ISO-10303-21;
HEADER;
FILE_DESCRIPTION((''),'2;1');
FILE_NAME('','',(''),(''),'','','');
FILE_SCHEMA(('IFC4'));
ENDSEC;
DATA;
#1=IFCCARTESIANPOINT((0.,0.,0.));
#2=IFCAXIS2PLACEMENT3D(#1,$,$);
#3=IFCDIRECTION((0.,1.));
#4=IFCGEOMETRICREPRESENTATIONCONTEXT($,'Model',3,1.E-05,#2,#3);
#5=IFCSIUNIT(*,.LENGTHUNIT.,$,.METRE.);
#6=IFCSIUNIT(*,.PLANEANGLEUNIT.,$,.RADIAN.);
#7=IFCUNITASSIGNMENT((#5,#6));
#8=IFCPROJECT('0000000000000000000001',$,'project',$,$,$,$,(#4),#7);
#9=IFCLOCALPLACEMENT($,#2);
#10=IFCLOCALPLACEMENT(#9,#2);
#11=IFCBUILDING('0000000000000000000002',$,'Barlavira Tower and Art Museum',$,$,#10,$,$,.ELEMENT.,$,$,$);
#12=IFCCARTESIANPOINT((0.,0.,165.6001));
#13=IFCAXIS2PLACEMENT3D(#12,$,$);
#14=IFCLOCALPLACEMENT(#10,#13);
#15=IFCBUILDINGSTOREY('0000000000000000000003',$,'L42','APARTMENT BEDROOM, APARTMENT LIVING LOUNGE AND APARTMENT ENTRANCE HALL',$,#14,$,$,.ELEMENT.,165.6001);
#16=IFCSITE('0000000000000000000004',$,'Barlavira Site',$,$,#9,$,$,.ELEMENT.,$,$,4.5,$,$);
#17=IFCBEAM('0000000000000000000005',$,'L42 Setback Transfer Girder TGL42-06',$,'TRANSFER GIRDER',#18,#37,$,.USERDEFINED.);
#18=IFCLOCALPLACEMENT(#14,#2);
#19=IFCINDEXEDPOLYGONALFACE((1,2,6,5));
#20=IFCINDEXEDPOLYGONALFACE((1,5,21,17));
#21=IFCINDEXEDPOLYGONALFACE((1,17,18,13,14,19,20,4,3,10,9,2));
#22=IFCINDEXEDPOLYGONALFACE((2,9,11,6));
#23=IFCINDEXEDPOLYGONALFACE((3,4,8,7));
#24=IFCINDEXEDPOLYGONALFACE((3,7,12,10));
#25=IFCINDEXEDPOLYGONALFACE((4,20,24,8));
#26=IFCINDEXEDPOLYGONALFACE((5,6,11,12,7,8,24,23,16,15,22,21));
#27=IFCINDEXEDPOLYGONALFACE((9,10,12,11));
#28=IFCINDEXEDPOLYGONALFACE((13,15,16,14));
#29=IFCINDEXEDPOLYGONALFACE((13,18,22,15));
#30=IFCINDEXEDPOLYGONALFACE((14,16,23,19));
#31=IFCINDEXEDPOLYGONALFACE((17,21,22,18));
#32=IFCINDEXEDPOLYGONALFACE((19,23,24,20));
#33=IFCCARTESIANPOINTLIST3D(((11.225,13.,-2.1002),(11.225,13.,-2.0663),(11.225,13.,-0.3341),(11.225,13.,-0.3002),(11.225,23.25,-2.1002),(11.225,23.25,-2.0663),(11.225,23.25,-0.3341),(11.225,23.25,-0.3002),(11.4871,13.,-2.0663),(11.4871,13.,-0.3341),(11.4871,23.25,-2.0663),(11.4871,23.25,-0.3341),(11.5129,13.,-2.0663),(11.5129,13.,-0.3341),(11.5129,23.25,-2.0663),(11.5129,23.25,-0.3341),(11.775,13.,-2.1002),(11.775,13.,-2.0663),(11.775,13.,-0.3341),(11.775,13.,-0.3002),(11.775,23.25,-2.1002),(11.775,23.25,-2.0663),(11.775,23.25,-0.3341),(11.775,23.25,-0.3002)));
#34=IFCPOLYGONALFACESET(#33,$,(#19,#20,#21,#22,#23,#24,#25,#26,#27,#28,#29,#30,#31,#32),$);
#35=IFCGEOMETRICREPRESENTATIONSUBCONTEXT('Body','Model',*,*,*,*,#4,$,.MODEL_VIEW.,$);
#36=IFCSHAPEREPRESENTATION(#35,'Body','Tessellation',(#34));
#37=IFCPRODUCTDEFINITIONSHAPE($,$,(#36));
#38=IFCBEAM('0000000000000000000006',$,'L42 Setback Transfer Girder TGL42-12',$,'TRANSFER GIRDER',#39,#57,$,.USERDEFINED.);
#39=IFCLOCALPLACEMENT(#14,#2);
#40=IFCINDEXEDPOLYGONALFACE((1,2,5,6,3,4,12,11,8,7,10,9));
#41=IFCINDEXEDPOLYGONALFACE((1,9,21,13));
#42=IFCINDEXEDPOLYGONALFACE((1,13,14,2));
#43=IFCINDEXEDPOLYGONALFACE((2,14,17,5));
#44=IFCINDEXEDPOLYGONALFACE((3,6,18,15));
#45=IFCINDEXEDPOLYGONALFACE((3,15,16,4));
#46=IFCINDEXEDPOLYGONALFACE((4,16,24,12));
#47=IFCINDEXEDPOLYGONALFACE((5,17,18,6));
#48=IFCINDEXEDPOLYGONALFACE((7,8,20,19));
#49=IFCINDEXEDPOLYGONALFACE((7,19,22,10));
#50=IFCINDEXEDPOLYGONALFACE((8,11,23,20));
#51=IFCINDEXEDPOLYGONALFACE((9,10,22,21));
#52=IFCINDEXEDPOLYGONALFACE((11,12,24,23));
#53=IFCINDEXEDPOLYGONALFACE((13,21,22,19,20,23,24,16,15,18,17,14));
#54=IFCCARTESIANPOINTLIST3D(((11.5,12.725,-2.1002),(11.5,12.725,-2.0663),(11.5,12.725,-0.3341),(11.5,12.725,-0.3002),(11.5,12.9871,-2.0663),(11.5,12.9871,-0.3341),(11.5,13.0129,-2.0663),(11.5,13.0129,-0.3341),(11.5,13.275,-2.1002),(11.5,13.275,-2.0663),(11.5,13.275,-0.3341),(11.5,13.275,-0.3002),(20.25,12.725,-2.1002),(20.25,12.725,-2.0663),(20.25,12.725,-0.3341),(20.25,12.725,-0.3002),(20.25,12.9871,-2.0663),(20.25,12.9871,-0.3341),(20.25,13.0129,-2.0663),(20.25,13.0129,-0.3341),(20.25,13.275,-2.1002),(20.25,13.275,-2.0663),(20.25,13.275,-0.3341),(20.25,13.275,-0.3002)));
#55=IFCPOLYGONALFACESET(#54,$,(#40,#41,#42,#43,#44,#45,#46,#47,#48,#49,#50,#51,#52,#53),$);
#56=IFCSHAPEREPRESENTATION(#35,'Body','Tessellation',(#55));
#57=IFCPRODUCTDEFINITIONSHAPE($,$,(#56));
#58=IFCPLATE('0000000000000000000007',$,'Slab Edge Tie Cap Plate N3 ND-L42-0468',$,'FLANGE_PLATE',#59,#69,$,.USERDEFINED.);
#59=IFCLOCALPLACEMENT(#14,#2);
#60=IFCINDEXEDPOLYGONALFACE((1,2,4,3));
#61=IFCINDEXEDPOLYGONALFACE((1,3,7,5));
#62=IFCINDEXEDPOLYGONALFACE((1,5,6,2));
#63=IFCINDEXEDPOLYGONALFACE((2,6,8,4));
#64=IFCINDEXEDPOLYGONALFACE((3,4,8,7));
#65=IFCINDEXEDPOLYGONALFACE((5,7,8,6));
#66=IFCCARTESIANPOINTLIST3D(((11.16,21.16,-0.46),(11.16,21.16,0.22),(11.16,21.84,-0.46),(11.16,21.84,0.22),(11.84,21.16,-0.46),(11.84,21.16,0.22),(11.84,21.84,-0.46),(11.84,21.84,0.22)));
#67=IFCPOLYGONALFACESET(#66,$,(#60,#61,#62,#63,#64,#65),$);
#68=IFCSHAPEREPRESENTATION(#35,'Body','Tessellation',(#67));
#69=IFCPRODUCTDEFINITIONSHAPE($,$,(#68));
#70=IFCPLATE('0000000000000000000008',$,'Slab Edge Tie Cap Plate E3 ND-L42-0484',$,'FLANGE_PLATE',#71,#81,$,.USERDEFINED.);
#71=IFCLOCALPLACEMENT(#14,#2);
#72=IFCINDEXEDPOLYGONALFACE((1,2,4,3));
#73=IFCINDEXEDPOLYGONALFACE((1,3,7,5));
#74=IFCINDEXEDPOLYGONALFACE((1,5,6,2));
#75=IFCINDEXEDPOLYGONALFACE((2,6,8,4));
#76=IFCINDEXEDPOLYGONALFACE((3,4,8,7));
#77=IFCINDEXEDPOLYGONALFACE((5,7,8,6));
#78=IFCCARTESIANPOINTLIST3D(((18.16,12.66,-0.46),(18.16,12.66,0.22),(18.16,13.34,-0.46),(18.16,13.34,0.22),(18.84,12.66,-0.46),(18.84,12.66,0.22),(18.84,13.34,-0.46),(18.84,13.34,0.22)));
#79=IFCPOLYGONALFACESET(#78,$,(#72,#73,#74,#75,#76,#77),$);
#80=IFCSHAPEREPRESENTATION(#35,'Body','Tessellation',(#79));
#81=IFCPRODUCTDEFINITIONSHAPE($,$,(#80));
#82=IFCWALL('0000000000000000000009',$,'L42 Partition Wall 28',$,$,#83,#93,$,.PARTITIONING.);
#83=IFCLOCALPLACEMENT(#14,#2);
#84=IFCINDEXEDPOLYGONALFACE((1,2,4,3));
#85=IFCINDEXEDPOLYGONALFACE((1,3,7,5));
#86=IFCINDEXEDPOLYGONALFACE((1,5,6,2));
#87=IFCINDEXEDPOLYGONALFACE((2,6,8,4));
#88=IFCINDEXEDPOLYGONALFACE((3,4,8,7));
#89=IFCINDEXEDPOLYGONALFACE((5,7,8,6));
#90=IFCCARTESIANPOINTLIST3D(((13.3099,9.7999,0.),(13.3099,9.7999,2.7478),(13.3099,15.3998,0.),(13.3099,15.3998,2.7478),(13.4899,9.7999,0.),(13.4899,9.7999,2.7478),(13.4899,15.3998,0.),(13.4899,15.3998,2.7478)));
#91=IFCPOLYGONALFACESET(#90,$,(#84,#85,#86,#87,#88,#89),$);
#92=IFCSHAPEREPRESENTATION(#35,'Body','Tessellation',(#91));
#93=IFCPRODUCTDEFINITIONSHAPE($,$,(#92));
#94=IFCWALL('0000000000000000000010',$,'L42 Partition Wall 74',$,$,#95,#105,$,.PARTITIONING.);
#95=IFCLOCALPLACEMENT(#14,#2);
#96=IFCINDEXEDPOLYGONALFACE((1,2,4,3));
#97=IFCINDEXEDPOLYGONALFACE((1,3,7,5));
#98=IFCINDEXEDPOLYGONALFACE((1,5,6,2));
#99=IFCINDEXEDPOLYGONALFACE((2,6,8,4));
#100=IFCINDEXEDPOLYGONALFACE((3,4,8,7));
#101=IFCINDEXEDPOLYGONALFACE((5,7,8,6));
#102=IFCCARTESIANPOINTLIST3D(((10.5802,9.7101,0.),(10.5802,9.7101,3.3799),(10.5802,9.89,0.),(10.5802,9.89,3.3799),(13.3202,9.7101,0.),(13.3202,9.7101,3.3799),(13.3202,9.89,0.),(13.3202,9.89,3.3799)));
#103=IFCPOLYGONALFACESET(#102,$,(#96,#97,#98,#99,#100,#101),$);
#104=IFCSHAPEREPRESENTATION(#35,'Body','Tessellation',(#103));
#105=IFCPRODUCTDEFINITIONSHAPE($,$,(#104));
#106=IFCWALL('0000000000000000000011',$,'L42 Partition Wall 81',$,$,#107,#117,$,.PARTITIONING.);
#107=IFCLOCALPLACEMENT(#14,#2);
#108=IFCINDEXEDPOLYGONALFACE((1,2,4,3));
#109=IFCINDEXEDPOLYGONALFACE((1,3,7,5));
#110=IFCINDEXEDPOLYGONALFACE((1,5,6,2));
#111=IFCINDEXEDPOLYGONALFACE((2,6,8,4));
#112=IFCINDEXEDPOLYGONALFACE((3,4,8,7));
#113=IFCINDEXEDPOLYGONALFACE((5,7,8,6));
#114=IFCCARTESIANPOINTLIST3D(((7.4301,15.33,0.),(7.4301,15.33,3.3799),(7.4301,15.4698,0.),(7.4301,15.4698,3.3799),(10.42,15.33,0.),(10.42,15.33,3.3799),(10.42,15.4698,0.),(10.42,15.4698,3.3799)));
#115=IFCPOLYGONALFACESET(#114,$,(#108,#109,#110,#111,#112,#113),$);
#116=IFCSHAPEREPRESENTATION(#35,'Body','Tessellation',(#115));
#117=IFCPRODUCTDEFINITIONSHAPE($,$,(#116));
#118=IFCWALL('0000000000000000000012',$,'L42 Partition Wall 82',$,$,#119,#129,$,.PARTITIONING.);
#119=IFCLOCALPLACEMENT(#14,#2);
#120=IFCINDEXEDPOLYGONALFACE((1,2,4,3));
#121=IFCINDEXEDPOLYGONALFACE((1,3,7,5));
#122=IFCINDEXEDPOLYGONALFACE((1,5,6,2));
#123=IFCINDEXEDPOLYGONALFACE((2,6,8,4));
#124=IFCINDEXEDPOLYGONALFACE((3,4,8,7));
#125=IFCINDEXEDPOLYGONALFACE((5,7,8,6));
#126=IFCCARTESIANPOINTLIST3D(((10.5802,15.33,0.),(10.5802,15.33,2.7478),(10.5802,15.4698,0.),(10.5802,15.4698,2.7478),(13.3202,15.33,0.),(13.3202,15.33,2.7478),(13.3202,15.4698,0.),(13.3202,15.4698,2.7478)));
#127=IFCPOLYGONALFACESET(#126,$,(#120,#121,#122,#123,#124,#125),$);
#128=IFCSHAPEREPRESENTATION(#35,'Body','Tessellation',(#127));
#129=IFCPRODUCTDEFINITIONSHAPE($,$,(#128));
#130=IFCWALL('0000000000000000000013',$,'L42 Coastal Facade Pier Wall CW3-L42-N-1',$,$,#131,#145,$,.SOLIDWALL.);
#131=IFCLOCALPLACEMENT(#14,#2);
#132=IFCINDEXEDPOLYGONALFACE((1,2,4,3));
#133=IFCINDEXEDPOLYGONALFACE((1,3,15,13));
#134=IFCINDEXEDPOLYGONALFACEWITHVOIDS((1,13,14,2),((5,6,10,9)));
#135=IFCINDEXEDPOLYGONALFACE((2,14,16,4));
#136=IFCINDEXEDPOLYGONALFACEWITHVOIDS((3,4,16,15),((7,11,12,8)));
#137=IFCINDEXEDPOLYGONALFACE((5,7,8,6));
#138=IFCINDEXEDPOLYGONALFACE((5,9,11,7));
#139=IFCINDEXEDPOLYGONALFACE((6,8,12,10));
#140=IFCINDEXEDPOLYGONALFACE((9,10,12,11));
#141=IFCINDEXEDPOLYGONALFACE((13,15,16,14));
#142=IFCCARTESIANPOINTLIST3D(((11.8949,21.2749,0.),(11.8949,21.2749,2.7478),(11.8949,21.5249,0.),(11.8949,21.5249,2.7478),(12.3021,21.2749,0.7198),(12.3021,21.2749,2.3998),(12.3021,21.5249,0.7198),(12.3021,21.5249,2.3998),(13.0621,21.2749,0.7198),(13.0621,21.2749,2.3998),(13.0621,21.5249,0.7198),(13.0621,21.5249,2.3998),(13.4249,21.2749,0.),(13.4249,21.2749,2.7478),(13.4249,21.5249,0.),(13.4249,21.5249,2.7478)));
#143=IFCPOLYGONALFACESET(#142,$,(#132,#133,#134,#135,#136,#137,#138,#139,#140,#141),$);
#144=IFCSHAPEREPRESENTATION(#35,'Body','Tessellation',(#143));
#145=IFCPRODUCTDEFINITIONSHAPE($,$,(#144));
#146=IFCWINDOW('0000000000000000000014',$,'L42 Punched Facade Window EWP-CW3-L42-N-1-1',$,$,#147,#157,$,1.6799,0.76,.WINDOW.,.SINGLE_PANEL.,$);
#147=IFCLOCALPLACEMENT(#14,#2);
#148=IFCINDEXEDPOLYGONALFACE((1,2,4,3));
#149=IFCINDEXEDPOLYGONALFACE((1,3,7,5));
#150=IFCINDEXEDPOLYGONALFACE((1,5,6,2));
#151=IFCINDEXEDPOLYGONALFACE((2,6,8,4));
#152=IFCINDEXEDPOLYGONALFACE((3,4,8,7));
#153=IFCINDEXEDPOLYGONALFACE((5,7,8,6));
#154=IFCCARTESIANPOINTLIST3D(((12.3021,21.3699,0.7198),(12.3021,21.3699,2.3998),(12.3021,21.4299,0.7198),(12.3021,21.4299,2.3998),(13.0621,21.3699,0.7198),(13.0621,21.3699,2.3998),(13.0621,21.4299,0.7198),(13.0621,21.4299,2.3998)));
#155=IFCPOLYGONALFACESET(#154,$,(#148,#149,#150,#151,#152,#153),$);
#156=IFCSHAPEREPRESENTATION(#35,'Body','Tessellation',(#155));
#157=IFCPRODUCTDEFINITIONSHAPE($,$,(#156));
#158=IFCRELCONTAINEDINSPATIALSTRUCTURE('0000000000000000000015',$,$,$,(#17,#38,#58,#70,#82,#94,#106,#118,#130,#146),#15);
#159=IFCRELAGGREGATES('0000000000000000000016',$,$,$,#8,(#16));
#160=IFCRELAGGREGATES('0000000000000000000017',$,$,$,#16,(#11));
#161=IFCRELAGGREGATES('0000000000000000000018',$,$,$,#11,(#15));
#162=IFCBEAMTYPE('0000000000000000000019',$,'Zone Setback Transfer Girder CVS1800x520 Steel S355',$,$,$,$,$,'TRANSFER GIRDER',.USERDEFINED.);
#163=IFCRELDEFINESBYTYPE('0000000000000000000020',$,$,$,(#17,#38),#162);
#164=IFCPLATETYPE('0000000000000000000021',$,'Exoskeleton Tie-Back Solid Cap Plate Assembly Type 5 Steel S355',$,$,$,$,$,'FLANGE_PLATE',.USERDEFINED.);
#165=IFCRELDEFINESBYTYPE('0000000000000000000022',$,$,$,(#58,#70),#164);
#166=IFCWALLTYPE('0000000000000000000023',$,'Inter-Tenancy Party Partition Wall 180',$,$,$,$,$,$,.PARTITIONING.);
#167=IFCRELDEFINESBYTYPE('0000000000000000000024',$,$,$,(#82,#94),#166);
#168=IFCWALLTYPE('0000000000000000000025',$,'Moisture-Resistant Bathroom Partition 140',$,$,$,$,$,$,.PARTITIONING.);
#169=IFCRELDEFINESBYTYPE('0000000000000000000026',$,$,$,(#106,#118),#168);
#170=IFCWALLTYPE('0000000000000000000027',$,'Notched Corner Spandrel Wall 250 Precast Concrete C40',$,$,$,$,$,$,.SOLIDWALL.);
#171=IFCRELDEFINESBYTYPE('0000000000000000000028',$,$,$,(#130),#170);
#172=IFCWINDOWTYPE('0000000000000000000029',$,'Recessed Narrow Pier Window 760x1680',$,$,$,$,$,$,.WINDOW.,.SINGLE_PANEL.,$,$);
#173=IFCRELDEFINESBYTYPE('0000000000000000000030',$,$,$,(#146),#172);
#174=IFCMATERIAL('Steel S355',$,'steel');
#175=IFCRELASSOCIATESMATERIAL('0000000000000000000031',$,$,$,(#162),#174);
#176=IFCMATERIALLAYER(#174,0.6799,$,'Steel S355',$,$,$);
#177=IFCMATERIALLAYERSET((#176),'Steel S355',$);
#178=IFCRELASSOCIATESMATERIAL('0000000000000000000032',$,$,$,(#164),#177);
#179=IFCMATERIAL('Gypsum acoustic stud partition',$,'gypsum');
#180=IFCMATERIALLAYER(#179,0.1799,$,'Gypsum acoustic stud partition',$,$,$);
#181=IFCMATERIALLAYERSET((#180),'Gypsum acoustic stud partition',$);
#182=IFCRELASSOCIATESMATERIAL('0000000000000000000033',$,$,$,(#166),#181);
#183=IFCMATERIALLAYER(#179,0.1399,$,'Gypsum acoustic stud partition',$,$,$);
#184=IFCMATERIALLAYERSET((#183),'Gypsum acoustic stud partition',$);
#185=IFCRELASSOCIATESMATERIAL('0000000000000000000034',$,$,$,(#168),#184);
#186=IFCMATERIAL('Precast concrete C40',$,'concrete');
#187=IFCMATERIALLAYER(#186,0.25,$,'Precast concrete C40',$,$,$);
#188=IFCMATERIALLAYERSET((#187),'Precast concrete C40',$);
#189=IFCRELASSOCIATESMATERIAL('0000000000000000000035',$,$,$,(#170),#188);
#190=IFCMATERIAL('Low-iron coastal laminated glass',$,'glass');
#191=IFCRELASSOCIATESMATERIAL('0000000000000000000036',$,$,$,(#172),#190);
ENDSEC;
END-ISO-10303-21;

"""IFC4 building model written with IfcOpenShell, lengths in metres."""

from ifc_helpers import new_model, si_unit, direction, frame, frame_2d, origin, origin_2d, place, context, subcontext, project, spatial, rectangle, i_section, extrude, material, layer, layer_set, material_profile, profile_set, type_object, element, fill, save


model = new_model("IFC4")

# Units and contexts
model_context = context("Model", 3, precision=1e-05, world=origin(), true_north=direction((0.0, 1.0)))
body_context = subcontext(model_context, "Body", "Model", "MODEL_VIEW")
ifc_project = project(units=[si_unit("LENGTHUNIT", "METRE"), si_unit("PLANEANGLEUNIT", "RADIAN")], contexts=[model_context])

# Site, building, storey
site_placement = place(None, origin())
site = spatial("IfcSite", under=ifc_project, at=site_placement, Name="Barlavira Site", CompositionType="ELEMENT", RefElevation=4.5)
building_placement = place(site_placement, origin())
building = spatial("IfcBuilding", under=site, at=building_placement, Name="Barlavira Tower and Art Museum", CompositionType="ELEMENT")
storey_placement = place(building_placement, frame((0.0, 0.0, 165.6001)))
storey = spatial("IfcBuildingStorey", under=building, at=storey_placement, Name="L42", Description="APARTMENT BEDROOM, APARTMENT LIVING LOUNGE AND APARTMENT ENTRANCE HALL", CompositionType="ELEMENT", Elevation=165.6001)

# Shared definitions
ifc_material_1 = material(Name="Steel S355", Category="steel")

# Beams
ifc_material_profile_1 = material_profile(ifc_material_1, i_section(OverallWidth=0.55, OverallDepth=1.8, WebThickness=0.0259, FlangeThickness=0.0339, at=origin_2d()), Name="CVS1800x520")
ifc_profile_set_1 = profile_set([ifc_material_profile_1], Name="Steel S355")
beam_type_1 = type_object("IfcBeamType", Name="Zone Setback Transfer Girder CVS1800x520 Steel S355", ElementType="TRANSFER GIRDER", PredefinedType="USERDEFINED", material=ifc_profile_set_1)
beam_1_placement = place(storey_placement, frame((11.5, 13.0, -1.2002), z_axis=(0.0, 1.0, 0.0), x_axis=(-1.0, 0.0, 0.0)))
element("IfcBeam", 1, at=beam_1_placement, inside=storey, type_object=beam_type_1, Name="L42 Setback Transfer Girder TGL42-06", ObjectType="TRANSFER GIRDER", PredefinedType="USERDEFINED", context=body_context, shape_type="SweptSolid", body=[
    extrude(i_section(OverallWidth=0.55, OverallDepth=1.8, WebThickness=0.0259, FlangeThickness=0.0339, at=origin_2d()), origin(), (0.0, 0.0, 1.0), 10.25),
])
beam_2_placement = place(storey_placement, frame((11.5, 13.0, -1.2002), z_axis=(1.0, 0.0, 0.0), x_axis=(0.0, 1.0, 0.0)))
element("IfcBeam", 2, at=beam_2_placement, inside=storey, type_object=beam_type_1, Name="L42 Setback Transfer Girder TGL42-12", ObjectType="TRANSFER GIRDER", PredefinedType="USERDEFINED", context=body_context, shape_type="SweptSolid", body=[
    extrude(i_section(OverallWidth=0.55, OverallDepth=1.8, WebThickness=0.0259, FlangeThickness=0.0339, at=origin_2d()), origin(), (0.0, 0.0, 1.0), 8.75),
])

# Plates
ifc_layer_1 = layer(ifc_material_1, 0.6799, Name="Steel S355")
ifc_layer_set_1 = layer_set([ifc_layer_1], Name="Steel S355")
plate_type = type_object("IfcPlateType", Name="Exoskeleton Tie-Back Solid Cap Plate Assembly Type 5 Steel S355", ElementType="FLANGE_PLATE", PredefinedType="USERDEFINED", material=ifc_layer_set_1)
for number, where, z_axis, x_axis, name in (
    (3, (11.5, 21.5, -0.46), (0.0, 0.0, 1.0), (1.0, 0.0, 0.0), "Slab Edge Tie Cap Plate N3 ND-L42-0468"),
    (4, (18.5, 13.0, -0.46), (0.0, 0.0, 1.0), (1.0, 0.0, 0.0), "Slab Edge Tie Cap Plate E3 ND-L42-0484"),
):
    element("IfcPlate", number, at=place(storey_placement, frame(where, z_axis=z_axis, x_axis=x_axis)), inside=storey, type_object=plate_type, Name=name, ObjectType="FLANGE_PLATE", PredefinedType="USERDEFINED", context=body_context, shape_type="SweptSolid", body=[
        extrude(rectangle(XDim=0.6799, YDim=0.6799, at=origin_2d()), origin(), (0.0, 0.0, 1.0), 0.6799),
    ])

# Walls
ifc_material_2 = material(Name="Gypsum acoustic stud partition", Category="gypsum")
ifc_layer_2 = layer(ifc_material_2, 0.1799, Name="Gypsum acoustic stud partition")
ifc_layer_set_2 = layer_set([ifc_layer_2], Name="Gypsum acoustic stud partition")
wall_type_1 = type_object("IfcWallType", Name="Inter-Tenancy Party Partition Wall 180", PredefinedType="PARTITIONING", material=ifc_layer_set_2)
wall_1_placement = place(storey_placement, frame((13.3999, 9.8, 0.0), z_axis=(0.0, 0.0, 1.0), x_axis=(0.0, 1.0, 0.0)))
element("IfcWall", 5, at=wall_1_placement, inside=storey, type_object=wall_type_1, Name="L42 Partition Wall 28", PredefinedType="PARTITIONING", context=body_context, shape_type="SweptSolid", body=[
    extrude(rectangle(XDim=5.5999, YDim=0.1799, at=frame_2d((2.7998, 0.0))), origin(), (0.0, 0.0, 1.0), 2.7478),
])
wall_2_placement = place(storey_placement, frame((10.5801, 9.8, 0.0), z_axis=(0.0, 0.0, 1.0), x_axis=(1.0, 0.0, 0.0)))
element("IfcWall", 6, at=wall_2_placement, inside=storey, type_object=wall_type_1, Name="L42 Partition Wall 74", PredefinedType="PARTITIONING", context=body_context, shape_type="SweptSolid", body=[
    extrude(rectangle(XDim=2.74, YDim=0.1799, at=frame_2d((1.3701, 0.0))), origin(), (0.0, 0.0, 1.0), 3.3799),
])
ifc_layer_3 = layer(ifc_material_2, 0.1399, Name="Gypsum acoustic stud partition")
ifc_layer_set_3 = layer_set([ifc_layer_3], Name="Gypsum acoustic stud partition")
wall_type_2 = type_object("IfcWallType", Name="Moisture-Resistant Bathroom Partition 140", PredefinedType="PARTITIONING", material=ifc_layer_set_3)
wall_3_placement = place(storey_placement, frame((7.4299, 15.3999, 0.0), z_axis=(0.0, 0.0, 1.0), x_axis=(1.0, 0.0, 0.0)))
element("IfcWall", 7, at=wall_3_placement, inside=storey, type_object=wall_type_2, Name="L42 Partition Wall 81", PredefinedType="PARTITIONING", context=body_context, shape_type="SweptSolid", body=[
    extrude(rectangle(XDim=2.99, YDim=0.1399, at=frame_2d((1.4951, 0.0))), origin(), (0.0, 0.0, 1.0), 3.3799),
])
wall_4_placement = place(storey_placement, frame((10.5801, 15.3999, 0.0), z_axis=(0.0, 0.0, 1.0), x_axis=(1.0, 0.0, 0.0)))
element("IfcWall", 8, at=wall_4_placement, inside=storey, type_object=wall_type_2, Name="L42 Partition Wall 82", PredefinedType="PARTITIONING", context=body_context, shape_type="SweptSolid", body=[
    extrude(rectangle(XDim=2.74, YDim=0.1399, at=frame_2d((1.3701, 0.0))), origin(), (0.0, 0.0, 1.0), 2.7478),
])

# Wall, opening, window
ifc_material_3 = material(Name="Precast concrete C40", Category="concrete")
ifc_layer_4 = layer(ifc_material_3, 0.25, Name="Precast concrete C40")
ifc_layer_set_4 = layer_set([ifc_layer_4], Name="Precast concrete C40")
wall_type_3 = type_object("IfcWallType", Name="Notched Corner Spandrel Wall 250 Precast Concrete C40", PredefinedType="SOLIDWALL", material=ifc_layer_set_4)
wall_5_placement = place(storey_placement, frame((13.425, 21.3999, 0.0), z_axis=(0.0, 0.0, 1.0), x_axis=(-1.0, 0.0, 0.0)))
wall_5 = element("IfcWall", 9, at=wall_5_placement, inside=storey, type_object=wall_type_3, Name="L42 Coastal Facade Pier Wall CW3-L42-N-1", PredefinedType="SOLIDWALL", context=body_context, shape_type="SweptSolid", body=[
    extrude(rectangle(XDim=1.53, YDim=0.25, at=frame_2d((0.7651, 0.0))), origin(), (0.0, 0.0, 1.0), 2.7478),
])
opening_1_placement = place(wall_5_placement, frame((0.363, 0.0, 0.72)))
opening_1 = element("IfcOpeningElement", 10, at=opening_1_placement, cuts=wall_5, PredefinedType="OPENING", context=body_context, shape_type="SweptSolid", body=[
    extrude(rectangle(XDim=0.76, YDim=1.6799, at=frame_2d((0.3799, 0.8398))), frame((0.0, 0.135, 0.0), z_axis=(0.0, -1.0, 0.0), x_axis=(1.0, 0.0, 0.0)), (0.0, 0.0, 1.0), 0.27),
])
ifc_material_4 = material(Name="Low-iron coastal laminated glass", Category="glass")
window_type_1 = type_object("IfcWindowType", Name="Recessed Narrow Pier Window 760x1680", PartitioningType="SINGLE_PANEL", PredefinedType="WINDOW", material=ifc_material_4)
window_1_placement = place(opening_1_placement, origin())
window_1 = element("IfcWindow", 11, at=window_1_placement, inside=storey, type_object=window_type_1, Name="L42 Punched Facade Window EWP-CW3-L42-N-1-1", OverallHeight=1.6799, OverallWidth=0.76, PartitioningType="SINGLE_PANEL", PredefinedType="WINDOW", context=body_context, shape_type="SweptSolid", body=[
    extrude(rectangle(XDim=0.76, YDim=1.6799, at=frame_2d((0.3799, 0.8398))), frame((0.0, 0.03, 0.0), z_axis=(0.0, -1.0, 0.0), x_axis=(1.0, 0.0, 0.0)), (0.0, 0.0, 1.0), 0.0601),
])
fill(opening_1, window_1)

save(model, "model.ifc")
